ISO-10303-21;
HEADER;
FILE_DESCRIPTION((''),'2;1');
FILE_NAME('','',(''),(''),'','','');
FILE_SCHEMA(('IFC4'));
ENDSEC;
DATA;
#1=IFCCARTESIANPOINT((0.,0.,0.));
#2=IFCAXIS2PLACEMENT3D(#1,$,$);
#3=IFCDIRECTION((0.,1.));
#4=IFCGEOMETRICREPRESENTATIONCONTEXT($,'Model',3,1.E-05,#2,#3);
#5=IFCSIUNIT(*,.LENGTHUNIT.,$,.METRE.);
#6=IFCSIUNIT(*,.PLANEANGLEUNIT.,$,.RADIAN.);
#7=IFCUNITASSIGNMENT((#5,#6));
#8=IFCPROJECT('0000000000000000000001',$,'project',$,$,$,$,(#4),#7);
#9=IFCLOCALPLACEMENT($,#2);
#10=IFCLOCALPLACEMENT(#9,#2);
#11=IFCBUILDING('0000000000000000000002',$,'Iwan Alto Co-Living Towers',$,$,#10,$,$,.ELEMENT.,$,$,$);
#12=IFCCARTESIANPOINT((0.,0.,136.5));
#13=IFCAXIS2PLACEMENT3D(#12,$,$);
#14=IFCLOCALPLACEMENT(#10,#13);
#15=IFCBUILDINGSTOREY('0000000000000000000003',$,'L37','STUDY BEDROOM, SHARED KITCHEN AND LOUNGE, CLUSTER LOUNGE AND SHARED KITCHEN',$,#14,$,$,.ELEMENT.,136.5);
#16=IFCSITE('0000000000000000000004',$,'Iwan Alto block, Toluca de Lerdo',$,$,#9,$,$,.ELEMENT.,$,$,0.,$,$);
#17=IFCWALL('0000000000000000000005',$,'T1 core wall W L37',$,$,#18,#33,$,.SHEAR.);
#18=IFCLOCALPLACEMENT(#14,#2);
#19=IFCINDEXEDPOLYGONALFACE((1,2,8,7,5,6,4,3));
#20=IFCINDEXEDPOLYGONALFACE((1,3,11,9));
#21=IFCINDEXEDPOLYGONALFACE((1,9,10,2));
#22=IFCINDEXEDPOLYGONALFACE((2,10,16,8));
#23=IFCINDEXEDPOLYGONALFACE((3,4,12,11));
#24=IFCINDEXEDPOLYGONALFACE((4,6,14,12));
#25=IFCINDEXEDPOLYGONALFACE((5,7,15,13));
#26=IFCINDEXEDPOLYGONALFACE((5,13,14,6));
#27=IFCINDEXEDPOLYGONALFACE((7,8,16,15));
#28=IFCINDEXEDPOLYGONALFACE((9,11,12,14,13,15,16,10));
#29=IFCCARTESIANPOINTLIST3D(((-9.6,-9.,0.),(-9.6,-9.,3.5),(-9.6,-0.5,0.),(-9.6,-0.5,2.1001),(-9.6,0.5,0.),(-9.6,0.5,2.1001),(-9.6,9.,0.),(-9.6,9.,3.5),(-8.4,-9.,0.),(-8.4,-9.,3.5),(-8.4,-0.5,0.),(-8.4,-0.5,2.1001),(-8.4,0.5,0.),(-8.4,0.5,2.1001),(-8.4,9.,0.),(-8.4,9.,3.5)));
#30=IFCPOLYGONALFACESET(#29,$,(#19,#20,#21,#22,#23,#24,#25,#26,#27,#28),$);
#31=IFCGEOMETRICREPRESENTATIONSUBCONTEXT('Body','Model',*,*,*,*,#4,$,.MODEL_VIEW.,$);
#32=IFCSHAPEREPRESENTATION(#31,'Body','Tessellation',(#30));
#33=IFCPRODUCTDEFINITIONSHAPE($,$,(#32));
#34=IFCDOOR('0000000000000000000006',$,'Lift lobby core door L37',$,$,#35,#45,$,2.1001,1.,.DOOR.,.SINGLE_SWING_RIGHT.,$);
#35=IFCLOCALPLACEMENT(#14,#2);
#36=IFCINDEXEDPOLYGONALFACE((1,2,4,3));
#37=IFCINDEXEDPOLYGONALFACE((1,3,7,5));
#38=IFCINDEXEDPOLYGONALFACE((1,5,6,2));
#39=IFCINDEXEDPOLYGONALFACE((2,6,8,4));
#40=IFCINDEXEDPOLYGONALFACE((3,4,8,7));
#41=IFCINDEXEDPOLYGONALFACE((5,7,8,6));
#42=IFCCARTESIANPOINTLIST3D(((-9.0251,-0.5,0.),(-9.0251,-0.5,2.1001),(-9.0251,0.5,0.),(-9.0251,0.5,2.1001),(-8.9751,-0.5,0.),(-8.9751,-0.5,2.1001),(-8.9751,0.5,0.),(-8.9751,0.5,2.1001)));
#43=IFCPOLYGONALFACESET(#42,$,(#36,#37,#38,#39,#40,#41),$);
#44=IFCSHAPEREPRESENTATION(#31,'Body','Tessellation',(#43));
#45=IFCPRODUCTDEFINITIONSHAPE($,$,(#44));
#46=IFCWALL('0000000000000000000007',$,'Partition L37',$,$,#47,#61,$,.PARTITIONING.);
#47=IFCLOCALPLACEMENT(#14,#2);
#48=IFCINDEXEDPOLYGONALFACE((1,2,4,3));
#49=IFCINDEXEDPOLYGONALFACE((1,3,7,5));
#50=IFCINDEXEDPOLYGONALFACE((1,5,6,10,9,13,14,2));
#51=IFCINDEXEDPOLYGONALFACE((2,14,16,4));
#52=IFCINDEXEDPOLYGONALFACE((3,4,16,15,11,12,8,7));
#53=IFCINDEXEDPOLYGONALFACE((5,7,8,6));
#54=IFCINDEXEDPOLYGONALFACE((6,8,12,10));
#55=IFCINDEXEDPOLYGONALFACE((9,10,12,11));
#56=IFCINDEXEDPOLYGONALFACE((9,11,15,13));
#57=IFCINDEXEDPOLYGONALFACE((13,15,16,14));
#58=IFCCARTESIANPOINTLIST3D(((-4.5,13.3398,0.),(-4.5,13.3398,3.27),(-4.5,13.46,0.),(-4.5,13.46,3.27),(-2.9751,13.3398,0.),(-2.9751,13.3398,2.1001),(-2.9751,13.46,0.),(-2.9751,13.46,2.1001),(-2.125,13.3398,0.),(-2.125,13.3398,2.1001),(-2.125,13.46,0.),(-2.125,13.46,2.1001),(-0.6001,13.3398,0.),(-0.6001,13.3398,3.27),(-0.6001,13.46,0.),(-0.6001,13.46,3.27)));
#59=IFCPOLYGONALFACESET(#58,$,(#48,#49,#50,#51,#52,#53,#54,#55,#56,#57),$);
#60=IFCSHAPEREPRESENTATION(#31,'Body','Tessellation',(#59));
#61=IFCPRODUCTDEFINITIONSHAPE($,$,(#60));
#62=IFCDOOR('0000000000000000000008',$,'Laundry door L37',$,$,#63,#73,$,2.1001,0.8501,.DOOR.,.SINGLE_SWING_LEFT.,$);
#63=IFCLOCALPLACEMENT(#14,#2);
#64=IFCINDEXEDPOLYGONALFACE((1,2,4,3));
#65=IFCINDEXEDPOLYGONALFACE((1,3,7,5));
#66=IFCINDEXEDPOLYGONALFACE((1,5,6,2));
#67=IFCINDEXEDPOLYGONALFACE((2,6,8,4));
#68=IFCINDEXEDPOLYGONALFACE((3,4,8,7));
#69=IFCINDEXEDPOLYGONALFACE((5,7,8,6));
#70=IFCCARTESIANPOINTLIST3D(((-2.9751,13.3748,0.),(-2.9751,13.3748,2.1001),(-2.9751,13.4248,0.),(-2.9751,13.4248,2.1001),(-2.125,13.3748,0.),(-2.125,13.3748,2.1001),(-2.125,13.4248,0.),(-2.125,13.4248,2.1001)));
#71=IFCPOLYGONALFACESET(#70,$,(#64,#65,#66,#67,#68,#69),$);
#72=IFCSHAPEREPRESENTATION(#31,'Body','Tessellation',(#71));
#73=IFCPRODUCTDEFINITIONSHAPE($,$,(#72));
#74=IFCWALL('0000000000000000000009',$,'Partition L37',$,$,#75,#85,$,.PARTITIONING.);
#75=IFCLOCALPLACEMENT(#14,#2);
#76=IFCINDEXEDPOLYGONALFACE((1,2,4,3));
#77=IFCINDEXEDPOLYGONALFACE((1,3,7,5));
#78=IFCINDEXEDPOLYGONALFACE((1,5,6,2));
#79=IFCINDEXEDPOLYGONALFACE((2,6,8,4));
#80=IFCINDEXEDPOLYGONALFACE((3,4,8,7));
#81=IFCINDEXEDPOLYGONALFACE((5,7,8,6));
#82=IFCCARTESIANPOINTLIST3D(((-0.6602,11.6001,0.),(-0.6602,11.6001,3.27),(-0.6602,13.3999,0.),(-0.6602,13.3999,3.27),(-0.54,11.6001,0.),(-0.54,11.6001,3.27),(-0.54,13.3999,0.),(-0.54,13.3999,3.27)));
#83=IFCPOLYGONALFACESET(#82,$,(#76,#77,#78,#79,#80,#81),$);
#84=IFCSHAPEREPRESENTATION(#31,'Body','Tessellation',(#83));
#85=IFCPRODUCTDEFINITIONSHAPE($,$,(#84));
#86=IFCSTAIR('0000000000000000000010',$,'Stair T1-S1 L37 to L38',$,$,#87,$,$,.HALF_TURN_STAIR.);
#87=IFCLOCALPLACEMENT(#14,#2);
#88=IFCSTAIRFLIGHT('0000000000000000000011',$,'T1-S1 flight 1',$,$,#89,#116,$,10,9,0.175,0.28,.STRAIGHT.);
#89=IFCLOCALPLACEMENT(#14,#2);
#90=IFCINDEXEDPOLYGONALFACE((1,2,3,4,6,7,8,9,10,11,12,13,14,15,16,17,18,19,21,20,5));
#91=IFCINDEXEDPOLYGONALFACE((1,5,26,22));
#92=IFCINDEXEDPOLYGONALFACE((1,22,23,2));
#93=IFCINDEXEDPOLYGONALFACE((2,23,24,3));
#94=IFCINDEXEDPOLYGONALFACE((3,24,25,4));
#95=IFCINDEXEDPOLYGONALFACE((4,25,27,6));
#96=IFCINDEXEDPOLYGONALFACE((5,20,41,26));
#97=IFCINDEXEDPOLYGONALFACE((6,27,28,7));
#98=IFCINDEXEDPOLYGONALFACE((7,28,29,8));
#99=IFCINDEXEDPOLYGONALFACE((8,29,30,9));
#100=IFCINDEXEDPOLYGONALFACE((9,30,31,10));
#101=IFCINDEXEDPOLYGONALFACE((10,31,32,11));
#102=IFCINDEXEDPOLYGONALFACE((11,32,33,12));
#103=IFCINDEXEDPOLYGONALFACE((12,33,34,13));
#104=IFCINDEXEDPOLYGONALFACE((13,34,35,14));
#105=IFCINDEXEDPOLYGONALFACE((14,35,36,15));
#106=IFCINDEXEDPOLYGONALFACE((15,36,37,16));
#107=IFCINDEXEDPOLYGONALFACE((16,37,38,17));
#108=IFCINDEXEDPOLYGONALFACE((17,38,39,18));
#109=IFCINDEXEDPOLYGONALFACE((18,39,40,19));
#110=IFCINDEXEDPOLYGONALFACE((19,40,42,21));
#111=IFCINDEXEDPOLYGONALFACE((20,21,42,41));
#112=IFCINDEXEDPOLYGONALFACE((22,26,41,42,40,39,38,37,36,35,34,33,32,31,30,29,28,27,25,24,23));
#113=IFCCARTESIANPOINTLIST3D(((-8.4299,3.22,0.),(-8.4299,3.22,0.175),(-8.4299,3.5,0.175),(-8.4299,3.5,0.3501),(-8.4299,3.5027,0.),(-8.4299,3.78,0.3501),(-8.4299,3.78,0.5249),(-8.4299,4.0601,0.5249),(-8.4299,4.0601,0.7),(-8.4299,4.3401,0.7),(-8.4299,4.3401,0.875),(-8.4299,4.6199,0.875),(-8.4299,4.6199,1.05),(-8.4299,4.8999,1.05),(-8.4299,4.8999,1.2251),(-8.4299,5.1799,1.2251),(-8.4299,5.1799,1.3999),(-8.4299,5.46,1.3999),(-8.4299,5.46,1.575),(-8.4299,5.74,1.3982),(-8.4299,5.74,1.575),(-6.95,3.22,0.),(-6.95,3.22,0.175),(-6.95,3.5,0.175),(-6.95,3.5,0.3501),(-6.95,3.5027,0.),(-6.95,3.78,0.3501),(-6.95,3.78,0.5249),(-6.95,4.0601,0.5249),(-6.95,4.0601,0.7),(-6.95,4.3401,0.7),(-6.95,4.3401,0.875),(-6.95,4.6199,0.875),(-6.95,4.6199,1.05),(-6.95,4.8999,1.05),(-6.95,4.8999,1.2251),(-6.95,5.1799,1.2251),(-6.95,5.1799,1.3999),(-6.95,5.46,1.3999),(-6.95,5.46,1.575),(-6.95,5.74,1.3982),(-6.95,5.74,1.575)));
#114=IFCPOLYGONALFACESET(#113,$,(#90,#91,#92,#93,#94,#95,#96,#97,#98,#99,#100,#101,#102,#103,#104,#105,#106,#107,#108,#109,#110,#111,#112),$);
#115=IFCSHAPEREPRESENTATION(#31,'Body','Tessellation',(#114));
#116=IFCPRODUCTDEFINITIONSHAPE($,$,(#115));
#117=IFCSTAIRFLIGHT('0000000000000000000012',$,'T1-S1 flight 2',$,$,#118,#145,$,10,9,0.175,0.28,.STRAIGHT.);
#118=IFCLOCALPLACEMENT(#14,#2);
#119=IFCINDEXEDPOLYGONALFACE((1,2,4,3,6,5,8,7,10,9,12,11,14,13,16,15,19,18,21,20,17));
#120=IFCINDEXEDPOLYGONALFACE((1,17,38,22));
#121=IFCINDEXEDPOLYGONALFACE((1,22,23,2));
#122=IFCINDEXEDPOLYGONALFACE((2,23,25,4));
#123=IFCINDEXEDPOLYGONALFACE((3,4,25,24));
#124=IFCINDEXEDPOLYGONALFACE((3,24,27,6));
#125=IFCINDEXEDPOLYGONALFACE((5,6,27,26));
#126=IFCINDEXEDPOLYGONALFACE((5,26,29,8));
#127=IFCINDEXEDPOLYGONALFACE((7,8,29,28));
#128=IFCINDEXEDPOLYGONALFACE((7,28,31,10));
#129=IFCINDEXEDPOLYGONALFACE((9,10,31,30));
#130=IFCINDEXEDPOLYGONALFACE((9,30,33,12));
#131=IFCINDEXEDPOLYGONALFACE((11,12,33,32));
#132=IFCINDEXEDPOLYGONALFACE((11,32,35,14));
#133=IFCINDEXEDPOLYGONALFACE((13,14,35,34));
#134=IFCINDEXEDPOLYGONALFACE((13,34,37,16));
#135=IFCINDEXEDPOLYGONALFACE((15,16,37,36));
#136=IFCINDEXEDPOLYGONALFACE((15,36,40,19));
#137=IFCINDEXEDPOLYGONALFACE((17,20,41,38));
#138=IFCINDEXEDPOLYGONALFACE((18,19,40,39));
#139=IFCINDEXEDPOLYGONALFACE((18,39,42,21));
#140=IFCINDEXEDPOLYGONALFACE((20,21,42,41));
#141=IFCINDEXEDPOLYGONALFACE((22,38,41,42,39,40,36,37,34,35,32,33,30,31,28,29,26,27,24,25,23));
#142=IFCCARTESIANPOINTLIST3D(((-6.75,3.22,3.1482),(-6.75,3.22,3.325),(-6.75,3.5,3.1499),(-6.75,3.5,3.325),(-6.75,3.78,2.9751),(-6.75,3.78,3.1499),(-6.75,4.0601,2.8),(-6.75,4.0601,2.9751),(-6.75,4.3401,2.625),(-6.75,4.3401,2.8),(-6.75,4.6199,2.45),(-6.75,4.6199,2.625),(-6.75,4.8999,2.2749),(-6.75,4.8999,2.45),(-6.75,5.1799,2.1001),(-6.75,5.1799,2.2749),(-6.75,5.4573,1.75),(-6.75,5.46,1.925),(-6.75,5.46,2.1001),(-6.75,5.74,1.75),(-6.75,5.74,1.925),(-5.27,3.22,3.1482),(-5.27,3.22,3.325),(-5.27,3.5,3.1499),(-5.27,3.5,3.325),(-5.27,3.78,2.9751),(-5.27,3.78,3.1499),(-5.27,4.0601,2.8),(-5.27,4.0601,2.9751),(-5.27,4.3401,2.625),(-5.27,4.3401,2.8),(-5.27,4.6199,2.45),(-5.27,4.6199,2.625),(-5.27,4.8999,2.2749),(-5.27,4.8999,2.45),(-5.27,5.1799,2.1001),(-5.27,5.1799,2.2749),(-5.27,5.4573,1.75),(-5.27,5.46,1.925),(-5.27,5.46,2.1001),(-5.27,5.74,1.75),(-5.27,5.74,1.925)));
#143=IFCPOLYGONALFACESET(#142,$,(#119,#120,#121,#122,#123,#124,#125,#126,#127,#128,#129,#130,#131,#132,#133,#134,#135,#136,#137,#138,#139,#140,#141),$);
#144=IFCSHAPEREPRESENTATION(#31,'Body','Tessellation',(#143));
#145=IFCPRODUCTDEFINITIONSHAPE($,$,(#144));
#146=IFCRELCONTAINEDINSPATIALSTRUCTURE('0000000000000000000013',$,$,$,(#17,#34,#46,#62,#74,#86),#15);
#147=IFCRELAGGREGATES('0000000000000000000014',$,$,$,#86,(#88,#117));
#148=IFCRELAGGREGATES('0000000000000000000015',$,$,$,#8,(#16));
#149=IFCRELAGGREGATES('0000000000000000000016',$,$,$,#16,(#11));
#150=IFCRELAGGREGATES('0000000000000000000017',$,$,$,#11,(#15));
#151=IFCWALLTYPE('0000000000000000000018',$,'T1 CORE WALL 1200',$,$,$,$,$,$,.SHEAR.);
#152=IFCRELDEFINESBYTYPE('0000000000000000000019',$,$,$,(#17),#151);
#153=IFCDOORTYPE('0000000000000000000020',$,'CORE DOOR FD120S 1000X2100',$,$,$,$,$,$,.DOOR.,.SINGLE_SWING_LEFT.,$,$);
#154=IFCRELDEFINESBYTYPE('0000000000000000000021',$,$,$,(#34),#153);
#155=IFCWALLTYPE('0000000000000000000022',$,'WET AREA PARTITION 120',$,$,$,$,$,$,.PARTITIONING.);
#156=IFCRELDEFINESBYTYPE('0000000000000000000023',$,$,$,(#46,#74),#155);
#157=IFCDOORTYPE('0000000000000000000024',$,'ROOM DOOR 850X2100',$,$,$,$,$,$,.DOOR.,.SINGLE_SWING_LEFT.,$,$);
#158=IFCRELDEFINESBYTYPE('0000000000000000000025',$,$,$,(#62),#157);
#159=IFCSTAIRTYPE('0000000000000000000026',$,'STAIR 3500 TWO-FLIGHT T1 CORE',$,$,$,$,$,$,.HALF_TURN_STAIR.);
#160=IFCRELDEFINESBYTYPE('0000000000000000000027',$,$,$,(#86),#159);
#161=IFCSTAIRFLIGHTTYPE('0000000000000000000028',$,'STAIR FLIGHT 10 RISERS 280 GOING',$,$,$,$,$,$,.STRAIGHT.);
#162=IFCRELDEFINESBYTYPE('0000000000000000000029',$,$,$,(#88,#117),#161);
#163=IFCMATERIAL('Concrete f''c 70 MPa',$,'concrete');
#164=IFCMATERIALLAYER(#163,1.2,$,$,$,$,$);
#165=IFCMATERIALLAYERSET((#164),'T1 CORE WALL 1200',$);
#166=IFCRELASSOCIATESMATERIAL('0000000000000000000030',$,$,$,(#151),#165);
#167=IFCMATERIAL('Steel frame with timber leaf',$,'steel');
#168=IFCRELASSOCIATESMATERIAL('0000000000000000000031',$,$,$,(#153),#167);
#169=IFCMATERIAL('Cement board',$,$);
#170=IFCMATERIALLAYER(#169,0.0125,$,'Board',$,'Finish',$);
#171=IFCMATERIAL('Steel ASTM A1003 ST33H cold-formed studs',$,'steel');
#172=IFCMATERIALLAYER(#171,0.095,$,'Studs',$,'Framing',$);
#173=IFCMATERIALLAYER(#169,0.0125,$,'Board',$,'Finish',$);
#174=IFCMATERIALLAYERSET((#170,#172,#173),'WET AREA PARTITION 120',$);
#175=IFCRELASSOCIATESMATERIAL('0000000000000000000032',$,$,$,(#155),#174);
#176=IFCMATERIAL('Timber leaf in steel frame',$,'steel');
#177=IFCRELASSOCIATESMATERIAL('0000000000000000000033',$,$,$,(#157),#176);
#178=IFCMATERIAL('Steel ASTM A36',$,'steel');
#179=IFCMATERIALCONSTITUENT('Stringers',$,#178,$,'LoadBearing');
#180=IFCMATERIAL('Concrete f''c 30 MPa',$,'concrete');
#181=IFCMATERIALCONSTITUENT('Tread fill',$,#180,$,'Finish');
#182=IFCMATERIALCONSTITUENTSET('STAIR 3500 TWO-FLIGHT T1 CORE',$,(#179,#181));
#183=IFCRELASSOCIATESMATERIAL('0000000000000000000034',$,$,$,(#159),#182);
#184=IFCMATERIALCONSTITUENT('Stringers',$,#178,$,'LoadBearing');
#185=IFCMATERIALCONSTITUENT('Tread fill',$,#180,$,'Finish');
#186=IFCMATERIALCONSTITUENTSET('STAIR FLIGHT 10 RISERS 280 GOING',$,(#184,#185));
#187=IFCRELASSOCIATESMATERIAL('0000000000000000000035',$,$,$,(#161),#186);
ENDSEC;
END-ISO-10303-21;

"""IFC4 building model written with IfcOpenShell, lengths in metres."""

from ifc_helpers import new_model, si_unit, direction, frame, frame_2d, origin, place, context, subcontext, project, spatial, polyline, rectangle, outline, extrude, material, layer, layer_set, constituent, constituent_set, type_object, element, fill, aggregate, save


model = new_model("IFC4")

# Units and contexts
model_context = context("Model", 3, precision=1e-05, world=origin(), true_north=direction((0.0, 1.0)))
body_context = subcontext(model_context, "Body", "Model", "MODEL_VIEW")
ifc_project = project(units=[si_unit("LENGTHUNIT", "METRE"), si_unit("PLANEANGLEUNIT", "RADIAN")], contexts=[model_context])

# Site, building, storey
site_placement = place(None, origin())
site = spatial("IfcSite", under=ifc_project, at=site_placement, Name="Iwan Alto block, Toluca de Lerdo", CompositionType="ELEMENT", RefElevation=0.0)
building_placement = place(site_placement, origin())
building = spatial("IfcBuilding", under=site, at=building_placement, Name="Iwan Alto Co-Living Towers", CompositionType="ELEMENT")
storey_placement = place(building_placement, frame((0.0, 0.0, 136.5)))
storey = spatial("IfcBuildingStorey", under=building, at=storey_placement, Name="L37", Description="STUDY BEDROOM, SHARED KITCHEN AND LOUNGE, CLUSTER LOUNGE AND SHARED KITCHEN", CompositionType="ELEMENT", Elevation=136.5)

# Shared definitions
ifc_material_1 = material(Name="Steel ASTM A1003 ST33H cold-formed studs", Category="steel")

# Walls, openings, doors
ifc_material_2 = material(Name="Concrete f'c 70 MPa", Category="concrete")
ifc_layer_1 = layer(ifc_material_2, 1.2)
ifc_layer_set_1 = layer_set([ifc_layer_1], Name="T1 CORE WALL 1200")
wall_type_1 = type_object("IfcWallType", Name="T1 CORE WALL 1200", PredefinedType="SHEAR", material=ifc_layer_set_1)
wall_1_placement = place(storey_placement, frame((-9.0, 9.0, 0.0), z_axis=(0.0, 0.0, 1.0), x_axis=(0.0, -1.0, 0.0)))
wall_1 = element("IfcWall", 1, at=wall_1_placement, inside=storey, type_object=wall_type_1, Name="T1 core wall W L37", PredefinedType="SHEAR", context=body_context, shape_type="SweptSolid", body=[
    extrude(rectangle(XDim=18.0, YDim=1.2, at=frame_2d((9.0, 0.0))), origin(), (0.0, 0.0, 1.0), 3.5),
])
opening_1_placement = place(wall_1_placement, frame((8.5, 0.0, 0.0)))
opening_1 = element("IfcOpeningElement", 2, at=opening_1_placement, cuts=wall_1, PredefinedType="OPENING", context=body_context, shape_type="SweptSolid", body=[
    extrude(rectangle(XDim=1.0, YDim=2.1001, at=frame_2d((0.5, 1.05))), frame((0.0, 0.6099, 0.0), z_axis=(0.0, -1.0, 0.0), x_axis=(1.0, 0.0, 0.0)), (0.0, 0.0, 1.0), 1.22),
])
ifc_material_3 = material(Name="Steel frame with timber leaf", Category="steel")
door_type_1 = type_object("IfcDoorType", Name="CORE DOOR FD120S 1000X2100", OperationType="SINGLE_SWING_LEFT", PredefinedType="DOOR", material=ifc_material_3)
door_1_placement = place(opening_1_placement, origin())
door_1 = element("IfcDoor", 3, at=door_1_placement, inside=storey, type_object=door_type_1, Name="Lift lobby core door L37", OperationType="SINGLE_SWING_RIGHT", OverallHeight=2.1001, OverallWidth=1.0, PredefinedType="DOOR", context=body_context, shape_type="SweptSolid", body=[
    extrude(rectangle(XDim=1.0, YDim=2.1001, at=frame_2d((0.5, 1.05))), frame((0.0, 0.0249, 0.0), z_axis=(0.0, -1.0, 0.0), x_axis=(1.0, 0.0, 0.0)), (0.0, 0.0, 1.0), 0.05),
])
fill(opening_1, door_1)
ifc_material_4 = material(Name="Cement board")
ifc_layer_2 = layer(ifc_material_4, 0.0125, Name="Board", Category="Finish")
ifc_layer_3 = layer(ifc_material_1, 0.095, Name="Studs", Category="Framing")
ifc_layer_4 = layer(ifc_material_4, 0.0125, Name="Board", Category="Finish")
ifc_layer_set_2 = layer_set([ifc_layer_2, ifc_layer_3, ifc_layer_4], Name="WET AREA PARTITION 120")
wall_type_2 = type_object("IfcWallType", Name="WET AREA PARTITION 120", PredefinedType="PARTITIONING", material=ifc_layer_set_2)
wall_2_placement = place(storey_placement, frame((-4.5, 13.3999, 0.0), z_axis=(0.0, 0.0, 1.0), x_axis=(1.0, 0.0, 0.0)))
wall_2 = element("IfcWall", 4, at=wall_2_placement, inside=storey, type_object=wall_type_2, Name="Partition L37", PredefinedType="PARTITIONING", context=body_context, shape_type="SweptSolid", body=[
    extrude(rectangle(XDim=3.8999, YDim=0.1201, at=frame_2d((1.95, 0.0))), origin(), (0.0, 0.0, 1.0), 3.27),
])
opening_2_placement = place(wall_2_placement, frame((1.5249, 0.0, 0.0)))
opening_2 = element("IfcOpeningElement", 5, at=opening_2_placement, cuts=wall_2, PredefinedType="OPENING", context=body_context, shape_type="SweptSolid", body=[
    extrude(rectangle(XDim=0.8501, YDim=2.1001, at=frame_2d((0.425, 1.05))), frame((0.0, 0.0701, 0.0), z_axis=(0.0, -1.0, 0.0), x_axis=(1.0, 0.0, 0.0)), (0.0, 0.0, 1.0), 0.1401),
])
ifc_material_5 = material(Name="Timber leaf in steel frame", Category="steel")
door_type_2 = type_object("IfcDoorType", Name="ROOM DOOR 850X2100", OperationType="SINGLE_SWING_LEFT", PredefinedType="DOOR", material=ifc_material_5)
door_2_placement = place(opening_2_placement, origin())
door_2 = element("IfcDoor", 6, at=door_2_placement, inside=storey, type_object=door_type_2, Name="Laundry door L37", OperationType="SINGLE_SWING_LEFT", OverallHeight=2.1001, OverallWidth=0.8501, PredefinedType="DOOR", context=body_context, shape_type="SweptSolid", body=[
    extrude(rectangle(XDim=0.8501, YDim=2.1001, at=frame_2d((0.425, 1.05))), frame((0.0, 0.0249, 0.0), z_axis=(0.0, -1.0, 0.0), x_axis=(1.0, 0.0, 0.0)), (0.0, 0.0, 1.0), 0.05),
])
fill(opening_2, door_2)

# Wall
wall_3_placement = place(storey_placement, frame((-0.6001, 11.6001, 0.0), z_axis=(0.0, 0.0, 1.0), x_axis=(0.0, 1.0, 0.0)))
element("IfcWall", 7, at=wall_3_placement, inside=storey, type_object=wall_type_2, Name="Partition L37", PredefinedType="PARTITIONING", context=body_context, shape_type="SweptSolid", body=[
    extrude(rectangle(XDim=1.7998, YDim=0.1201, at=frame_2d((0.8999, 0.0))), origin(), (0.0, 0.0, 1.0), 3.27),
])

# Stair, stair flights
ifc_material_6 = material(Name="Steel ASTM A36", Category="steel")
ifc_constituent_1 = constituent(ifc_material_6, Name="Stringers", Category="LoadBearing")
ifc_material_7 = material(Name="Concrete f'c 30 MPa", Category="concrete")
ifc_constituent_2 = constituent(ifc_material_7, Name="Tread fill", Category="Finish")
ifc_constituent_set_1 = constituent_set(constituents=[ifc_constituent_1, ifc_constituent_2], Name="STAIR 3500 TWO-FLIGHT T1 CORE")
stair_type = type_object("IfcStairType", Name="STAIR 3500 TWO-FLIGHT T1 CORE", PredefinedType="HALF_TURN_STAIR", material=ifc_constituent_set_1)
stair_placement = place(storey_placement, origin())
stair = element("IfcStair", 8, at=stair_placement, inside=storey, type_object=stair_type, Name="Stair T1-S1 L37 to L38", PredefinedType="HALF_TURN_STAIR")
ifc_constituent_3 = constituent(ifc_material_6, Name="Stringers", Category="LoadBearing")
ifc_constituent_4 = constituent(ifc_material_7, Name="Tread fill", Category="Finish")
ifc_constituent_set_2 = constituent_set(constituents=[ifc_constituent_3, ifc_constituent_4], Name="STAIR FLIGHT 10 RISERS 280 GOING")
stair_flight_type = type_object("IfcStairFlightType", Name="STAIR FLIGHT 10 RISERS 280 GOING", PredefinedType="STRAIGHT", material=ifc_constituent_set_2)
stair_flight_1_placement = place(storey_placement, frame((-7.6899, 3.22, 0.0), z_axis=(0.0, 0.0, 1.0), x_axis=(0.0, 1.0, 0.0)))
stair_flight_1 = element("IfcStairFlight", 9, at=stair_flight_1_placement, type_object=stair_flight_type, Name="T1-S1 flight 1", NumberOfRisers=10, NumberOfTreads=9, PredefinedType="STRAIGHT", RiserHeight=0.175, TreadLength=0.28, context=body_context, shape_type="SweptSolid", body=[
    extrude(outline(polyline([(0.0, 0.0), (0.0, 0.175), (0.28, 0.175), (0.28, 0.3501), (0.5601, 0.3501), (0.5601, 0.5249), (0.8401, 0.5249), (0.8401, 0.7), (1.1201, 0.7), (1.1201, 0.875), (1.3999, 0.875), (1.3999, 1.05), (1.6799, 1.05), (1.6799, 1.2251), (1.96, 1.2251), (1.96, 1.3999), (2.24, 1.3999), (2.24, 1.575), (2.52, 1.575), (2.52, 1.75), (2.52, 1.3982), (0.2827, 0.0), (0.0, 0.0)])), frame((0.0, 0.74, 0.0), z_axis=(0.0, -1.0, 0.0), x_axis=(1.0, 0.0, 0.0)), (0.0, 0.0, 1.0), 1.48),
])
stair_flight_2_placement = place(storey_placement, frame((-6.01, 5.74, 1.75), z_axis=(0.0, 0.0, 1.0), x_axis=(0.0, -1.0, 0.0)))
stair_flight_2 = element("IfcStairFlight", 10, at=stair_flight_2_placement, type_object=stair_flight_type, Name="T1-S1 flight 2", NumberOfRisers=10, NumberOfTreads=9, PredefinedType="STRAIGHT", RiserHeight=0.175, TreadLength=0.28, context=body_context, shape_type="SweptSolid", body=[
    extrude(outline(polyline([(0.0, 0.0), (0.0, 0.175), (0.28, 0.175), (0.28, 0.3501), (0.5601, 0.3501), (0.5601, 0.5249), (0.8401, 0.5249), (0.8401, 0.7), (1.1201, 0.7), (1.1201, 0.875), (1.3999, 0.875), (1.3999, 1.05), (1.6799, 1.05), (1.6799, 1.2251), (1.96, 1.2251), (1.96, 1.3999), (2.24, 1.3999), (2.24, 1.575), (2.52, 1.575), (2.52, 1.75), (2.52, 1.3982), (0.2827, 0.0), (0.0, 0.0)])), frame((0.0, 0.74, 0.0), z_axis=(0.0, -1.0, 0.0), x_axis=(1.0, 0.0, 0.0)), (0.0, 0.0, 1.0), 1.48),
])
aggregate(stair, [stair_flight_1, stair_flight_2])

save(model, "model.ifc")
